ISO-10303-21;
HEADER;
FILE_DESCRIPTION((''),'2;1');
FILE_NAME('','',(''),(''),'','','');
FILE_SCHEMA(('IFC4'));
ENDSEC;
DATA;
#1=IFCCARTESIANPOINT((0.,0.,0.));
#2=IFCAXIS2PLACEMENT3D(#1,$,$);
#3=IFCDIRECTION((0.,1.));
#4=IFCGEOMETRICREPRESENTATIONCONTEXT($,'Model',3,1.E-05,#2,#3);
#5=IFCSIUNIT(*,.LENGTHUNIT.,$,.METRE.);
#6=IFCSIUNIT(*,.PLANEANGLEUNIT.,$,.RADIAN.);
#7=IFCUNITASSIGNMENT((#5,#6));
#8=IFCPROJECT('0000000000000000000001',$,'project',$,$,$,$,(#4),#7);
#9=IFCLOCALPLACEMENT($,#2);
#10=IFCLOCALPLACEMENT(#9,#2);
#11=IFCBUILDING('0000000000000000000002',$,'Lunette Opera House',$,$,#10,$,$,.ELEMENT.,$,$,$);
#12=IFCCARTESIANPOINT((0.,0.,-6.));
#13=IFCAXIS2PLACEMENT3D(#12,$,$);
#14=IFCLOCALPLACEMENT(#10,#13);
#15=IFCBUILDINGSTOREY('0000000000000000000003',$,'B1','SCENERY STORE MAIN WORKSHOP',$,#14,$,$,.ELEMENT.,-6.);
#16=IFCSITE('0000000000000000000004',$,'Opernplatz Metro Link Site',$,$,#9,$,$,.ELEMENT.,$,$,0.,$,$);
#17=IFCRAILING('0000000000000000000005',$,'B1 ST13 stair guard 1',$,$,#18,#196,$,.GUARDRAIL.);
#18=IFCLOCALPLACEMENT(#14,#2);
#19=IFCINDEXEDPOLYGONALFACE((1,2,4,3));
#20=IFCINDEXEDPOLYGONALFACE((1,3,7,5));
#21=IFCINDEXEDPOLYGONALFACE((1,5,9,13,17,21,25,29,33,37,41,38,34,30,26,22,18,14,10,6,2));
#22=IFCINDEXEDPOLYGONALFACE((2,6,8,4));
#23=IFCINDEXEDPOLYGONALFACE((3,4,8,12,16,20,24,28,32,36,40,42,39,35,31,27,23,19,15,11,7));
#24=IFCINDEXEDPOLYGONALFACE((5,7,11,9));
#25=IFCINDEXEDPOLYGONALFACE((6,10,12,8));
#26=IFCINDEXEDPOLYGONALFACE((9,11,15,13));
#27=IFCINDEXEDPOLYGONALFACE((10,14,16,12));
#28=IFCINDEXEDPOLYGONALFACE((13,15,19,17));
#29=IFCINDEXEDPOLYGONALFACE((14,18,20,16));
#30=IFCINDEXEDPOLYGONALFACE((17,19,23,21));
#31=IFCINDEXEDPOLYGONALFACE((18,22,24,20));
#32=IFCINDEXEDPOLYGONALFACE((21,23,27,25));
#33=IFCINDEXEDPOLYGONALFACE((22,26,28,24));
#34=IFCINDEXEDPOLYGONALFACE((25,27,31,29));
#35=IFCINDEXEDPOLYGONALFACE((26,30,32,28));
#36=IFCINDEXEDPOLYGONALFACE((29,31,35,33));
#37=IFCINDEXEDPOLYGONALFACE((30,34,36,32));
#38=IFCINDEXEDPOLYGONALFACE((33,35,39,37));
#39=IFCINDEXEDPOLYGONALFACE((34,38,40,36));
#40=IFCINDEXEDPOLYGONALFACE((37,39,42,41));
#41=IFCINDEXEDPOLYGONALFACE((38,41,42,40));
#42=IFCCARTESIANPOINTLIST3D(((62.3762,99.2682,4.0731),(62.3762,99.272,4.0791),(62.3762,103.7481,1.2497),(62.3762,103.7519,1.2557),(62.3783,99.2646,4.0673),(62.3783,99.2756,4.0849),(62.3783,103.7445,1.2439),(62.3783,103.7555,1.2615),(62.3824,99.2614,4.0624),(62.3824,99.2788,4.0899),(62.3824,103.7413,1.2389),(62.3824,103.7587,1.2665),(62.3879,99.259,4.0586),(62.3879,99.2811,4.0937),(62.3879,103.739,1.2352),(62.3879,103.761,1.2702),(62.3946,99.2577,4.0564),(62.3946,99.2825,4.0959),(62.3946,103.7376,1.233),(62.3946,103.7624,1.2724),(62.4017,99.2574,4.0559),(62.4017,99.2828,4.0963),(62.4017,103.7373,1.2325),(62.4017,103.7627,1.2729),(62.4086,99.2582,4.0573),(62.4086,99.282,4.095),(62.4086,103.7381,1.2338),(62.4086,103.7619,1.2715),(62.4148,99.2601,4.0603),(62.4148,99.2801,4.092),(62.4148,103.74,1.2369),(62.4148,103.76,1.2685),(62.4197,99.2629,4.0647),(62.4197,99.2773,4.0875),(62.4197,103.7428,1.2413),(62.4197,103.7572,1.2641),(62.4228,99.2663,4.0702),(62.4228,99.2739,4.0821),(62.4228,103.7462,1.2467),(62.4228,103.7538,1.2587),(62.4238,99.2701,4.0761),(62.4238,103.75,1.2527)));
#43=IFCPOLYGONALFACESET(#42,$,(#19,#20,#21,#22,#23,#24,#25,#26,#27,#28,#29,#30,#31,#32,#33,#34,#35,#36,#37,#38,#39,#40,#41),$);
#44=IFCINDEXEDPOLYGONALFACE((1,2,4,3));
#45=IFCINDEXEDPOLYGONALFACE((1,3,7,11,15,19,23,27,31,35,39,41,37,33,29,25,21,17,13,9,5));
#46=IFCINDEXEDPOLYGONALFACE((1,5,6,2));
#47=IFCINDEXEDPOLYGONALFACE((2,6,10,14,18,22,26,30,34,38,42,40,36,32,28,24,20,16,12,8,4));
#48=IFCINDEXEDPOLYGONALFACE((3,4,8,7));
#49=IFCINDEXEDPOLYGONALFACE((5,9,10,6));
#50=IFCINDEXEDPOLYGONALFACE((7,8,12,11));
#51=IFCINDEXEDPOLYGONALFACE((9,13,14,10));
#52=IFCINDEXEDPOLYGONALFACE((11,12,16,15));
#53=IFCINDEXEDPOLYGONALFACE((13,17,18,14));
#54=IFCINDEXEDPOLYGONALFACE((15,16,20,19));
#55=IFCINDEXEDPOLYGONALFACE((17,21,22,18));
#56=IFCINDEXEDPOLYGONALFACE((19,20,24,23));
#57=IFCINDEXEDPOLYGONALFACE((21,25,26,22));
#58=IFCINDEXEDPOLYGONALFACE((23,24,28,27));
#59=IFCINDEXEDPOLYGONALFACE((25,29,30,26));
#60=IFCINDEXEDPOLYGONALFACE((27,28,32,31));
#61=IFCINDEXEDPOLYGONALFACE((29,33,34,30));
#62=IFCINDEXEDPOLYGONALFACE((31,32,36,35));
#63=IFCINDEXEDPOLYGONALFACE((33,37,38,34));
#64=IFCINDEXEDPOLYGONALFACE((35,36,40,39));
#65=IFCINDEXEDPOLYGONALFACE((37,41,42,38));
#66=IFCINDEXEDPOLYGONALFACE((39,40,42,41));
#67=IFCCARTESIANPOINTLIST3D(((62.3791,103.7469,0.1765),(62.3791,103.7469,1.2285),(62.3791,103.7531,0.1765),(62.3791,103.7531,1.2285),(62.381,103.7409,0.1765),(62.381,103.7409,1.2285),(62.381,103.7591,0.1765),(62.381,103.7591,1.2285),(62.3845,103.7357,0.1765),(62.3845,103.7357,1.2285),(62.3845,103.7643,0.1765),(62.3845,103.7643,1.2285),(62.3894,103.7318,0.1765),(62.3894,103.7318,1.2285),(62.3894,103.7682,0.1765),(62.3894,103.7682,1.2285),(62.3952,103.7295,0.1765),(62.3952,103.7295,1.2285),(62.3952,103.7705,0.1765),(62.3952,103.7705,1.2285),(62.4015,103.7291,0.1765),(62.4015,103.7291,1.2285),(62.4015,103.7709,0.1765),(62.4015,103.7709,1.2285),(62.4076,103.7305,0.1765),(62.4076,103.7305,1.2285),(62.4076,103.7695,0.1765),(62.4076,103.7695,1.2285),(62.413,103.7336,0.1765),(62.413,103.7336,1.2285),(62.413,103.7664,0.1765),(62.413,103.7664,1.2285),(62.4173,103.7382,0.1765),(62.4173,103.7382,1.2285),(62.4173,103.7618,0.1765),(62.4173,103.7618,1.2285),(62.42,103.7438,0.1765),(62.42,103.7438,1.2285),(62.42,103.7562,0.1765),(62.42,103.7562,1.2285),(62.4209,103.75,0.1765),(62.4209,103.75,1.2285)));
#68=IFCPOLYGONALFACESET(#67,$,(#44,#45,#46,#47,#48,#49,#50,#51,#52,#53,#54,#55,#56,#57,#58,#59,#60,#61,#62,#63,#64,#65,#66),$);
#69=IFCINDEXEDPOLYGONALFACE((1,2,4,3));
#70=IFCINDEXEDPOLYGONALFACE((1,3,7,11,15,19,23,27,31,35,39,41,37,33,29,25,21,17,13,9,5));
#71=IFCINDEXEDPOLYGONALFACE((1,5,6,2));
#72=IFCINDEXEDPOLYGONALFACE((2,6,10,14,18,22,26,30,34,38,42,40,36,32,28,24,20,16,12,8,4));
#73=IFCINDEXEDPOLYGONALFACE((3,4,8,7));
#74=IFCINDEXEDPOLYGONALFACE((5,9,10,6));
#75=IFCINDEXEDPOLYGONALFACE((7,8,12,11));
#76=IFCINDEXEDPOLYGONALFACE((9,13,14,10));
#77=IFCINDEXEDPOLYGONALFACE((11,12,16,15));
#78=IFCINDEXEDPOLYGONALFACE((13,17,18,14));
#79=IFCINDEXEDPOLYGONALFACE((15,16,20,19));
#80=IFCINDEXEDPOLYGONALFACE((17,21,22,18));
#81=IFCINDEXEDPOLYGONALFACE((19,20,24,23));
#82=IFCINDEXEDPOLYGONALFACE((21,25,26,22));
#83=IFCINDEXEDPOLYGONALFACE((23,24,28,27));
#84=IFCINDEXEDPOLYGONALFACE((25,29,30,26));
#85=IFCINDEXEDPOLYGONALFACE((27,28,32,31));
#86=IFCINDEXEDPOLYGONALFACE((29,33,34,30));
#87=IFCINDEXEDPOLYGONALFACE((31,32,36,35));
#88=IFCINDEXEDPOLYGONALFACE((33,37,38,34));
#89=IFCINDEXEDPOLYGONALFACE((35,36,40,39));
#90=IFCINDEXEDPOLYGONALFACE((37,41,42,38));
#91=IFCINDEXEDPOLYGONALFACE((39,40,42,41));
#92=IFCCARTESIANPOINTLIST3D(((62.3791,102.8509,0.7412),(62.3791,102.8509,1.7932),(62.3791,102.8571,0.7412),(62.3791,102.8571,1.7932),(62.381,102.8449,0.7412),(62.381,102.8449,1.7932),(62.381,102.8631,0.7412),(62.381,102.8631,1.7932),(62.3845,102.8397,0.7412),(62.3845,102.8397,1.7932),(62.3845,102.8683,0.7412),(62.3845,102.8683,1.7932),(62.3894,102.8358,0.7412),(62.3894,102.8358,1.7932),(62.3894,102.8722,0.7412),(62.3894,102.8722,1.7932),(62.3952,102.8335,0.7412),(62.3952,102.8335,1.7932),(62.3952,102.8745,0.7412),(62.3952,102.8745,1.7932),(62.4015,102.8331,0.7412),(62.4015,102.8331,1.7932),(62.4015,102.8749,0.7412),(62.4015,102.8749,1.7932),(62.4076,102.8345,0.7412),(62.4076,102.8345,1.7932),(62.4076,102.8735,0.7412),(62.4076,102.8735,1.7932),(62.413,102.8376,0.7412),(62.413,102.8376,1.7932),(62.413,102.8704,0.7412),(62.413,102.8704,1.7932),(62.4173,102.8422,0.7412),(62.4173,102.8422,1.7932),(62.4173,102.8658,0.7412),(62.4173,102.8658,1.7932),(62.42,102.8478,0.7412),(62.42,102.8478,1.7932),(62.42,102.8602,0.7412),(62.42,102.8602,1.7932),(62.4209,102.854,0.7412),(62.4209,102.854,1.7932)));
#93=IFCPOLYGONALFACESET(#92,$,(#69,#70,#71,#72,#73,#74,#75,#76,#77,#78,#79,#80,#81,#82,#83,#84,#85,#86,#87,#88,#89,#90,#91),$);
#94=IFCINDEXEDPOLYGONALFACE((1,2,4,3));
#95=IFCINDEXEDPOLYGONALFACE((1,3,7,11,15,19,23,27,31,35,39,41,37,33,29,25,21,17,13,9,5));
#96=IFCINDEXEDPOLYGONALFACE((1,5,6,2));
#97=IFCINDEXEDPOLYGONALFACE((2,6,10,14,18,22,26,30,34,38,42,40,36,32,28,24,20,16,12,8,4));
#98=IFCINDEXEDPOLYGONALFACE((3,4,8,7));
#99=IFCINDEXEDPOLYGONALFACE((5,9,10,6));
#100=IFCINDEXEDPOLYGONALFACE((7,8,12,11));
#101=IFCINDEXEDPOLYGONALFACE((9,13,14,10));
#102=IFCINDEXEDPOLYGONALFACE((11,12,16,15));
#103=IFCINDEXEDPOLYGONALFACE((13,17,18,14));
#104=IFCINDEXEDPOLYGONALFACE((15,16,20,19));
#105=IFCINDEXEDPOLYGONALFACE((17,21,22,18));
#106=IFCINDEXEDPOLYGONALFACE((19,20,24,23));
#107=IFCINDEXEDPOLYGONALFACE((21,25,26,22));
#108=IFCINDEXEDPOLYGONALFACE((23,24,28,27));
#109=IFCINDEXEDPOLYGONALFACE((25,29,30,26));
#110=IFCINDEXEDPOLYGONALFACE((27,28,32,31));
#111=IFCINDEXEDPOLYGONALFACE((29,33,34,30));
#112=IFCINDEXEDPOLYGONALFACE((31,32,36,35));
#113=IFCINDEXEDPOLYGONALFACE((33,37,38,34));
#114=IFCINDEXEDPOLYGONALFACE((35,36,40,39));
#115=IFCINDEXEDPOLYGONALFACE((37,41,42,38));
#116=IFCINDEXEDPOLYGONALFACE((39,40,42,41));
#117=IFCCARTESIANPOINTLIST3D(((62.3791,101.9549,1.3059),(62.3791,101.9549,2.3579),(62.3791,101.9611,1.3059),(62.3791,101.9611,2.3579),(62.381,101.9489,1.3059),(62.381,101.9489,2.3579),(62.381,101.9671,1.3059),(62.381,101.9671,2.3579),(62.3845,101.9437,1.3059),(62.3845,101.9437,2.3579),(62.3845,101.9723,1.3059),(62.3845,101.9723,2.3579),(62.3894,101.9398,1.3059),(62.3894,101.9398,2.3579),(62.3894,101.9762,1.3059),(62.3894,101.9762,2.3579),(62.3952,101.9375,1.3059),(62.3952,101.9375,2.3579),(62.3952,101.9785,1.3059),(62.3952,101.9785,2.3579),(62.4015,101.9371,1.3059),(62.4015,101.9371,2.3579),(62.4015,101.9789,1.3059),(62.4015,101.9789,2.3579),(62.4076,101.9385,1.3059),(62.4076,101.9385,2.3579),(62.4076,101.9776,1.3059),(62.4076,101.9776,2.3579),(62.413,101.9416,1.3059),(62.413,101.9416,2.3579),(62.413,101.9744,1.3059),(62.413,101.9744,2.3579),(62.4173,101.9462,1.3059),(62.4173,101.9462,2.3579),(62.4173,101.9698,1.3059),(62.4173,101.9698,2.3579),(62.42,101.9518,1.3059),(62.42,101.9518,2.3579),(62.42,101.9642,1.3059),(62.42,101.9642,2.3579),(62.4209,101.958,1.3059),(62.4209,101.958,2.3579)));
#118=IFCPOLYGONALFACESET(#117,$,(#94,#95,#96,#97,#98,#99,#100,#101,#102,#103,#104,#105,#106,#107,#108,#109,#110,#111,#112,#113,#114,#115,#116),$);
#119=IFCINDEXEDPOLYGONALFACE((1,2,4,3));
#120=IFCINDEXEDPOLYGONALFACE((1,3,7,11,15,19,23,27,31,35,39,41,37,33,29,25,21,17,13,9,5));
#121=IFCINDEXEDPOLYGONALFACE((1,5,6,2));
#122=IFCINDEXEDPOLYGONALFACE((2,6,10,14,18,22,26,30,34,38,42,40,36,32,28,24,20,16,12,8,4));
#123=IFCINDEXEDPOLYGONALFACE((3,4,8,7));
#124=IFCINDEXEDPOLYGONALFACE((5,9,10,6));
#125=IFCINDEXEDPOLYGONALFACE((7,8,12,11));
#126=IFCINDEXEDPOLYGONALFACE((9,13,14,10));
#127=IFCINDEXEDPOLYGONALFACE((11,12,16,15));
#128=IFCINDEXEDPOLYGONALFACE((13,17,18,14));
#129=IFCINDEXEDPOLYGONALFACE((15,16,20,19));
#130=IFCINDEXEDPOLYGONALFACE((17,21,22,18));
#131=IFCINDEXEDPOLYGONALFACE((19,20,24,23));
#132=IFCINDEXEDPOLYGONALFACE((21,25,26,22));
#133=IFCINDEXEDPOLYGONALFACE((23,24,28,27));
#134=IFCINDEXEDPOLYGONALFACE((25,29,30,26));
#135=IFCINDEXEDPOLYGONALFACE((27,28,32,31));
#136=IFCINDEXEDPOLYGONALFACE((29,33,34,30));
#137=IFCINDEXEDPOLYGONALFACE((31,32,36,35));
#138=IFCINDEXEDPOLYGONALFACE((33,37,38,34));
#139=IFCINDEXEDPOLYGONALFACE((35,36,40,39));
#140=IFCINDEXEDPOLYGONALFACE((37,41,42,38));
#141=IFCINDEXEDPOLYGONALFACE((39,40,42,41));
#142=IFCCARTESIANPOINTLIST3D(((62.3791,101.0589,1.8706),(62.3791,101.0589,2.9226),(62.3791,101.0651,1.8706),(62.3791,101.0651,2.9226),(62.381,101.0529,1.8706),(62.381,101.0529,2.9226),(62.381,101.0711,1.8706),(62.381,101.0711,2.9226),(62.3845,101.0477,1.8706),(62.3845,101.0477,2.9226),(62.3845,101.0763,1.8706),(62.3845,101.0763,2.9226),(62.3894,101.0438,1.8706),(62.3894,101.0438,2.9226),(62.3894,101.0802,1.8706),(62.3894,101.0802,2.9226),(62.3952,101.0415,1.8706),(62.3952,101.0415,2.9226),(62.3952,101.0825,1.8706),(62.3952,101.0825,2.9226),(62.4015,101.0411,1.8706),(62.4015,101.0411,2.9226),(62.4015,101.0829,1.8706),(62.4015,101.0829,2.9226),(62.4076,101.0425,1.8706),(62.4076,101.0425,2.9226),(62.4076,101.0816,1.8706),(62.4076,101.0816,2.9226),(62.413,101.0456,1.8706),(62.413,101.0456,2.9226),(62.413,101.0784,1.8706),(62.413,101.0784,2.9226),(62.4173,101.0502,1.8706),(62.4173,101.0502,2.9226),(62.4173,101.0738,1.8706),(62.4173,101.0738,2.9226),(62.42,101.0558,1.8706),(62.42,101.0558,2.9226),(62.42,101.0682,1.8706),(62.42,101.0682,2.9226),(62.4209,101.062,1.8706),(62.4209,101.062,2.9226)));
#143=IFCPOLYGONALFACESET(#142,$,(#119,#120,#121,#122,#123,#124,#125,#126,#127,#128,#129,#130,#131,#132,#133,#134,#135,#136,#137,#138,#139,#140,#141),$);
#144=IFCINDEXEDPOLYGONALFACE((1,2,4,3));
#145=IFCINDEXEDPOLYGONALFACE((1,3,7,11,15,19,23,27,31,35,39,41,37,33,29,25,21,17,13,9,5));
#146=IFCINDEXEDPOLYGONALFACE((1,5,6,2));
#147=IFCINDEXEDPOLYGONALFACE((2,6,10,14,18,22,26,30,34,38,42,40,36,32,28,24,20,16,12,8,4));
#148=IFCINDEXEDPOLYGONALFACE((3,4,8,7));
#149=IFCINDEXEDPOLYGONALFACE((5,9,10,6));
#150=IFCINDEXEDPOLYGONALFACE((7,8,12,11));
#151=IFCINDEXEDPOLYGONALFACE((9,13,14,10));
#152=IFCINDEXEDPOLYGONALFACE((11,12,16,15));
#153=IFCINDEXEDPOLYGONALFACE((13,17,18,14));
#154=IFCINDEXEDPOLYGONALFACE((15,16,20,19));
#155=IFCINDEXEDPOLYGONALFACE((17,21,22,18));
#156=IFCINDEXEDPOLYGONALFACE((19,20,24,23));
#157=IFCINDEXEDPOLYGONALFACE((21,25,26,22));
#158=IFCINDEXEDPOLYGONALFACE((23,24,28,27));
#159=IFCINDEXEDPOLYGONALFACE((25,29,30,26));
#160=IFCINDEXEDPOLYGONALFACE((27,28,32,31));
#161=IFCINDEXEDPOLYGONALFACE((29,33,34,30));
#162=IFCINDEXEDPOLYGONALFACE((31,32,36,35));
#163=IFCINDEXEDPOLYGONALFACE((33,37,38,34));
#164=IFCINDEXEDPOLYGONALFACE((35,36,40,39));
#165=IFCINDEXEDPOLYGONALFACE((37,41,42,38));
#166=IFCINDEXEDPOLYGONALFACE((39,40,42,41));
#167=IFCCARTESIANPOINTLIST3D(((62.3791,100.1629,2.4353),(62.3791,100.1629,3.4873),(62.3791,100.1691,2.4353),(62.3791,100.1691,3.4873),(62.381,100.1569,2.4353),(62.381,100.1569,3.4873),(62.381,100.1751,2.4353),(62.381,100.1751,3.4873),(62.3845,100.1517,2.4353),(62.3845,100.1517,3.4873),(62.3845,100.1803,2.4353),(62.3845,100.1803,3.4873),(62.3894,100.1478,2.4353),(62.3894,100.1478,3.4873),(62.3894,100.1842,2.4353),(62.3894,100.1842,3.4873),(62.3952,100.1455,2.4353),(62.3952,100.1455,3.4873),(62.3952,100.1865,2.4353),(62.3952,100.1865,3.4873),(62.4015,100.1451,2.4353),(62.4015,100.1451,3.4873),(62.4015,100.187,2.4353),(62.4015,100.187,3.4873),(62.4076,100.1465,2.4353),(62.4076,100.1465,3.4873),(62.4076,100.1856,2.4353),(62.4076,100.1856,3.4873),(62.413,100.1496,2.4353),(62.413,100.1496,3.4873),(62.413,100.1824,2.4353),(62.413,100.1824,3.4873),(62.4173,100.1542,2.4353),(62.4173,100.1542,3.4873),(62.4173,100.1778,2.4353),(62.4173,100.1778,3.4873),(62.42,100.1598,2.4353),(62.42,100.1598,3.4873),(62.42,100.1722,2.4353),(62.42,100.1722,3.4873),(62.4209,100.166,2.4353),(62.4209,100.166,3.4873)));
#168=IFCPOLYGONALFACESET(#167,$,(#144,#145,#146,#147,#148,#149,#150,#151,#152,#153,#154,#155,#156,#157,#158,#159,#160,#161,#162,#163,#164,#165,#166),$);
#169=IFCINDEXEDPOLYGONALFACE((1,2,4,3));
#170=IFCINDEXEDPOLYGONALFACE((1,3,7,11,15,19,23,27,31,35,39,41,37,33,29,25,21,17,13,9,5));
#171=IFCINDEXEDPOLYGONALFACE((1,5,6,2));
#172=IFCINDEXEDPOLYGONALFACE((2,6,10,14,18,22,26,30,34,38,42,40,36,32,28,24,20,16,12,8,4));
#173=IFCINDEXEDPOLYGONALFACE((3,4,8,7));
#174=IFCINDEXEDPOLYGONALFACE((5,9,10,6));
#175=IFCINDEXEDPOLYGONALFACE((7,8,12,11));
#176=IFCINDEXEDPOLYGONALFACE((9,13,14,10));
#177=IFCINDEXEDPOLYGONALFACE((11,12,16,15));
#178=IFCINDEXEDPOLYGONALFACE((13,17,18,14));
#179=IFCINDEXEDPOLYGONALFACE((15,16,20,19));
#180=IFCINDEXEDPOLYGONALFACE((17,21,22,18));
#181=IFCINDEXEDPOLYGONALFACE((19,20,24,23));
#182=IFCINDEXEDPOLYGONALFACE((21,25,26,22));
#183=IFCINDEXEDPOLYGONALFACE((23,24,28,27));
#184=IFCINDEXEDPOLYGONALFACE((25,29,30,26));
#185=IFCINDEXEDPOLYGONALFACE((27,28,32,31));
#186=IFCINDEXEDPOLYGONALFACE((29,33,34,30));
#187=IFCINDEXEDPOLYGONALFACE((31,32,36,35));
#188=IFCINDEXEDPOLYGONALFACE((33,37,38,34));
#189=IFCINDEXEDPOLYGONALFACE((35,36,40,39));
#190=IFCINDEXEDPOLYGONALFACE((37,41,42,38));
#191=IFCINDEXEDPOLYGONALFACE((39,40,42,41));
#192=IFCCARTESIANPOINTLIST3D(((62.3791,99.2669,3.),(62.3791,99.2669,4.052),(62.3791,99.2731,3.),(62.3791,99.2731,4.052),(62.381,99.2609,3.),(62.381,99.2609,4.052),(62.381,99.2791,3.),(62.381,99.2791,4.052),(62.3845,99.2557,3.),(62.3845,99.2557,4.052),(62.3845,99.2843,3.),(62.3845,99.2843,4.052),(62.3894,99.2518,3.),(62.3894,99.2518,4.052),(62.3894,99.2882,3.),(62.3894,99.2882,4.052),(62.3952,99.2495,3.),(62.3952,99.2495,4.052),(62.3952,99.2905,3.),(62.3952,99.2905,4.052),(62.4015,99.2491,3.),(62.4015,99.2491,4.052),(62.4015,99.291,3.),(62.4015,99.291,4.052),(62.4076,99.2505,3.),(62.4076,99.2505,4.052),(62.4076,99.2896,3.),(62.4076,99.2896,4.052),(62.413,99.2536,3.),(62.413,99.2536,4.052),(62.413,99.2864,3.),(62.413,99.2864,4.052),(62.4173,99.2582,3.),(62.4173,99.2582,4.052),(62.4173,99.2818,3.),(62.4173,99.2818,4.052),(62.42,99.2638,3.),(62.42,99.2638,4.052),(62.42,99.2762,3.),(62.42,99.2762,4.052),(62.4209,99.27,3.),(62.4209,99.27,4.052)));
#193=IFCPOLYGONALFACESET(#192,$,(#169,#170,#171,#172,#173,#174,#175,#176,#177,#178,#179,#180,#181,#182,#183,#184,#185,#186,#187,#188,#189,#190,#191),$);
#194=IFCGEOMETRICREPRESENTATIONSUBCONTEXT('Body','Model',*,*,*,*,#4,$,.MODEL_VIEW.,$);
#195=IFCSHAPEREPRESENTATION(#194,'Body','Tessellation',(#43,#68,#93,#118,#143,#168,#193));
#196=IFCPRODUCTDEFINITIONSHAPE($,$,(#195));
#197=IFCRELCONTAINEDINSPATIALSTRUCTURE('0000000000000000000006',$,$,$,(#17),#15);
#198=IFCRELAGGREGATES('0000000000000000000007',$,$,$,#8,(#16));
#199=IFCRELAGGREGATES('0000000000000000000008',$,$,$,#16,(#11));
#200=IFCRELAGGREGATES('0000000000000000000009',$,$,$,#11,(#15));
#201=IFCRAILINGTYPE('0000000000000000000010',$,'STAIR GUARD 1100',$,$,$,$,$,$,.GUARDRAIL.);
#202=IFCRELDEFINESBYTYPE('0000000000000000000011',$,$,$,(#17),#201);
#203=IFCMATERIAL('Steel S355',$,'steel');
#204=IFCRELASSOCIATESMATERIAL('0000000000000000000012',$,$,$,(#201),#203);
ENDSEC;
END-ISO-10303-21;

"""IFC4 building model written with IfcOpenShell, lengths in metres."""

from ifc_helpers import new_model, si_unit, direction, frame, origin, origin_2d, place, context, subcontext, project, spatial, circle, extrude, material, type_object, element, save


model = new_model("IFC4")

# Units and contexts
model_context = context("Model", 3, precision=1e-05, world=origin(), true_north=direction((0.0, 1.0)))
body_context = subcontext(model_context, "Body", "Model", "MODEL_VIEW")
ifc_project = project(units=[si_unit("LENGTHUNIT", "METRE"), si_unit("PLANEANGLEUNIT", "RADIAN")], contexts=[model_context])

# Site, building, storey
site_placement = place(None, origin())
site = spatial("IfcSite", under=ifc_project, at=site_placement, Name="Opernplatz Metro Link Site", CompositionType="ELEMENT", RefElevation=0.0)
building_placement = place(site_placement, origin())
building = spatial("IfcBuilding", under=site, at=building_placement, Name="Lunette Opera House", CompositionType="ELEMENT")
storey_placement = place(building_placement, frame((0.0, 0.0, -6.0)))
storey = spatial("IfcBuildingStorey", under=building, at=storey_placement, Name="B1", Description="SCENERY STORE MAIN WORKSHOP", CompositionType="ELEMENT", Elevation=-6.0)

# Railing
ifc_material_1 = material(Name="Steel S355", Category="steel")
railing_type_1 = type_object("IfcRailingType", Name="STAIR GUARD 1100", PredefinedType="GUARDRAIL", material=ifc_material_1)
railing_1_placement = place(storey_placement, frame((62.3999, 103.75, 0.1765)))
element("IfcRailing", 1, at=railing_1_placement, inside=storey, type_object=railing_type_1, Name="B1 ST13 stair guard 1", PredefinedType="GUARDRAIL", context=body_context, shape_type="SweptSolid", body=[
    extrude(circle(Radius=0.0239, at=origin_2d()), frame((0.0, 0.0, 1.0762), z_axis=(0.0, -0.845998, 0.533186), x_axis=(1.0, 0.0, 0.0)), (0.0, 0.0, 1.0), 5.2954),
    extrude(circle(Radius=0.021, at=origin_2d()), origin(), (0.0, 0.0, 1.0), 1.052),
    extrude(circle(Radius=0.021, at=origin_2d()), frame((0.0, -0.896, 0.5647)), (0.0, 0.0, 1.0), 1.052),
    extrude(circle(Radius=0.021, at=origin_2d()), frame((0.0, -1.792, 1.1294)), (0.0, 0.0, 1.0), 1.052),
    extrude(circle(Radius=0.021, at=origin_2d()), frame((0.0, -2.688, 1.6941)), (0.0, 0.0, 1.0), 1.052),
    extrude(circle(Radius=0.021, at=origin_2d()), frame((0.0, -3.584, 2.2588)), (0.0, 0.0, 1.0), 1.052),
    extrude(circle(Radius=0.021, at=origin_2d()), frame((0.0, -4.48, 2.8235)), (0.0, 0.0, 1.0), 1.052),
])

save(model, "model.ifc")
